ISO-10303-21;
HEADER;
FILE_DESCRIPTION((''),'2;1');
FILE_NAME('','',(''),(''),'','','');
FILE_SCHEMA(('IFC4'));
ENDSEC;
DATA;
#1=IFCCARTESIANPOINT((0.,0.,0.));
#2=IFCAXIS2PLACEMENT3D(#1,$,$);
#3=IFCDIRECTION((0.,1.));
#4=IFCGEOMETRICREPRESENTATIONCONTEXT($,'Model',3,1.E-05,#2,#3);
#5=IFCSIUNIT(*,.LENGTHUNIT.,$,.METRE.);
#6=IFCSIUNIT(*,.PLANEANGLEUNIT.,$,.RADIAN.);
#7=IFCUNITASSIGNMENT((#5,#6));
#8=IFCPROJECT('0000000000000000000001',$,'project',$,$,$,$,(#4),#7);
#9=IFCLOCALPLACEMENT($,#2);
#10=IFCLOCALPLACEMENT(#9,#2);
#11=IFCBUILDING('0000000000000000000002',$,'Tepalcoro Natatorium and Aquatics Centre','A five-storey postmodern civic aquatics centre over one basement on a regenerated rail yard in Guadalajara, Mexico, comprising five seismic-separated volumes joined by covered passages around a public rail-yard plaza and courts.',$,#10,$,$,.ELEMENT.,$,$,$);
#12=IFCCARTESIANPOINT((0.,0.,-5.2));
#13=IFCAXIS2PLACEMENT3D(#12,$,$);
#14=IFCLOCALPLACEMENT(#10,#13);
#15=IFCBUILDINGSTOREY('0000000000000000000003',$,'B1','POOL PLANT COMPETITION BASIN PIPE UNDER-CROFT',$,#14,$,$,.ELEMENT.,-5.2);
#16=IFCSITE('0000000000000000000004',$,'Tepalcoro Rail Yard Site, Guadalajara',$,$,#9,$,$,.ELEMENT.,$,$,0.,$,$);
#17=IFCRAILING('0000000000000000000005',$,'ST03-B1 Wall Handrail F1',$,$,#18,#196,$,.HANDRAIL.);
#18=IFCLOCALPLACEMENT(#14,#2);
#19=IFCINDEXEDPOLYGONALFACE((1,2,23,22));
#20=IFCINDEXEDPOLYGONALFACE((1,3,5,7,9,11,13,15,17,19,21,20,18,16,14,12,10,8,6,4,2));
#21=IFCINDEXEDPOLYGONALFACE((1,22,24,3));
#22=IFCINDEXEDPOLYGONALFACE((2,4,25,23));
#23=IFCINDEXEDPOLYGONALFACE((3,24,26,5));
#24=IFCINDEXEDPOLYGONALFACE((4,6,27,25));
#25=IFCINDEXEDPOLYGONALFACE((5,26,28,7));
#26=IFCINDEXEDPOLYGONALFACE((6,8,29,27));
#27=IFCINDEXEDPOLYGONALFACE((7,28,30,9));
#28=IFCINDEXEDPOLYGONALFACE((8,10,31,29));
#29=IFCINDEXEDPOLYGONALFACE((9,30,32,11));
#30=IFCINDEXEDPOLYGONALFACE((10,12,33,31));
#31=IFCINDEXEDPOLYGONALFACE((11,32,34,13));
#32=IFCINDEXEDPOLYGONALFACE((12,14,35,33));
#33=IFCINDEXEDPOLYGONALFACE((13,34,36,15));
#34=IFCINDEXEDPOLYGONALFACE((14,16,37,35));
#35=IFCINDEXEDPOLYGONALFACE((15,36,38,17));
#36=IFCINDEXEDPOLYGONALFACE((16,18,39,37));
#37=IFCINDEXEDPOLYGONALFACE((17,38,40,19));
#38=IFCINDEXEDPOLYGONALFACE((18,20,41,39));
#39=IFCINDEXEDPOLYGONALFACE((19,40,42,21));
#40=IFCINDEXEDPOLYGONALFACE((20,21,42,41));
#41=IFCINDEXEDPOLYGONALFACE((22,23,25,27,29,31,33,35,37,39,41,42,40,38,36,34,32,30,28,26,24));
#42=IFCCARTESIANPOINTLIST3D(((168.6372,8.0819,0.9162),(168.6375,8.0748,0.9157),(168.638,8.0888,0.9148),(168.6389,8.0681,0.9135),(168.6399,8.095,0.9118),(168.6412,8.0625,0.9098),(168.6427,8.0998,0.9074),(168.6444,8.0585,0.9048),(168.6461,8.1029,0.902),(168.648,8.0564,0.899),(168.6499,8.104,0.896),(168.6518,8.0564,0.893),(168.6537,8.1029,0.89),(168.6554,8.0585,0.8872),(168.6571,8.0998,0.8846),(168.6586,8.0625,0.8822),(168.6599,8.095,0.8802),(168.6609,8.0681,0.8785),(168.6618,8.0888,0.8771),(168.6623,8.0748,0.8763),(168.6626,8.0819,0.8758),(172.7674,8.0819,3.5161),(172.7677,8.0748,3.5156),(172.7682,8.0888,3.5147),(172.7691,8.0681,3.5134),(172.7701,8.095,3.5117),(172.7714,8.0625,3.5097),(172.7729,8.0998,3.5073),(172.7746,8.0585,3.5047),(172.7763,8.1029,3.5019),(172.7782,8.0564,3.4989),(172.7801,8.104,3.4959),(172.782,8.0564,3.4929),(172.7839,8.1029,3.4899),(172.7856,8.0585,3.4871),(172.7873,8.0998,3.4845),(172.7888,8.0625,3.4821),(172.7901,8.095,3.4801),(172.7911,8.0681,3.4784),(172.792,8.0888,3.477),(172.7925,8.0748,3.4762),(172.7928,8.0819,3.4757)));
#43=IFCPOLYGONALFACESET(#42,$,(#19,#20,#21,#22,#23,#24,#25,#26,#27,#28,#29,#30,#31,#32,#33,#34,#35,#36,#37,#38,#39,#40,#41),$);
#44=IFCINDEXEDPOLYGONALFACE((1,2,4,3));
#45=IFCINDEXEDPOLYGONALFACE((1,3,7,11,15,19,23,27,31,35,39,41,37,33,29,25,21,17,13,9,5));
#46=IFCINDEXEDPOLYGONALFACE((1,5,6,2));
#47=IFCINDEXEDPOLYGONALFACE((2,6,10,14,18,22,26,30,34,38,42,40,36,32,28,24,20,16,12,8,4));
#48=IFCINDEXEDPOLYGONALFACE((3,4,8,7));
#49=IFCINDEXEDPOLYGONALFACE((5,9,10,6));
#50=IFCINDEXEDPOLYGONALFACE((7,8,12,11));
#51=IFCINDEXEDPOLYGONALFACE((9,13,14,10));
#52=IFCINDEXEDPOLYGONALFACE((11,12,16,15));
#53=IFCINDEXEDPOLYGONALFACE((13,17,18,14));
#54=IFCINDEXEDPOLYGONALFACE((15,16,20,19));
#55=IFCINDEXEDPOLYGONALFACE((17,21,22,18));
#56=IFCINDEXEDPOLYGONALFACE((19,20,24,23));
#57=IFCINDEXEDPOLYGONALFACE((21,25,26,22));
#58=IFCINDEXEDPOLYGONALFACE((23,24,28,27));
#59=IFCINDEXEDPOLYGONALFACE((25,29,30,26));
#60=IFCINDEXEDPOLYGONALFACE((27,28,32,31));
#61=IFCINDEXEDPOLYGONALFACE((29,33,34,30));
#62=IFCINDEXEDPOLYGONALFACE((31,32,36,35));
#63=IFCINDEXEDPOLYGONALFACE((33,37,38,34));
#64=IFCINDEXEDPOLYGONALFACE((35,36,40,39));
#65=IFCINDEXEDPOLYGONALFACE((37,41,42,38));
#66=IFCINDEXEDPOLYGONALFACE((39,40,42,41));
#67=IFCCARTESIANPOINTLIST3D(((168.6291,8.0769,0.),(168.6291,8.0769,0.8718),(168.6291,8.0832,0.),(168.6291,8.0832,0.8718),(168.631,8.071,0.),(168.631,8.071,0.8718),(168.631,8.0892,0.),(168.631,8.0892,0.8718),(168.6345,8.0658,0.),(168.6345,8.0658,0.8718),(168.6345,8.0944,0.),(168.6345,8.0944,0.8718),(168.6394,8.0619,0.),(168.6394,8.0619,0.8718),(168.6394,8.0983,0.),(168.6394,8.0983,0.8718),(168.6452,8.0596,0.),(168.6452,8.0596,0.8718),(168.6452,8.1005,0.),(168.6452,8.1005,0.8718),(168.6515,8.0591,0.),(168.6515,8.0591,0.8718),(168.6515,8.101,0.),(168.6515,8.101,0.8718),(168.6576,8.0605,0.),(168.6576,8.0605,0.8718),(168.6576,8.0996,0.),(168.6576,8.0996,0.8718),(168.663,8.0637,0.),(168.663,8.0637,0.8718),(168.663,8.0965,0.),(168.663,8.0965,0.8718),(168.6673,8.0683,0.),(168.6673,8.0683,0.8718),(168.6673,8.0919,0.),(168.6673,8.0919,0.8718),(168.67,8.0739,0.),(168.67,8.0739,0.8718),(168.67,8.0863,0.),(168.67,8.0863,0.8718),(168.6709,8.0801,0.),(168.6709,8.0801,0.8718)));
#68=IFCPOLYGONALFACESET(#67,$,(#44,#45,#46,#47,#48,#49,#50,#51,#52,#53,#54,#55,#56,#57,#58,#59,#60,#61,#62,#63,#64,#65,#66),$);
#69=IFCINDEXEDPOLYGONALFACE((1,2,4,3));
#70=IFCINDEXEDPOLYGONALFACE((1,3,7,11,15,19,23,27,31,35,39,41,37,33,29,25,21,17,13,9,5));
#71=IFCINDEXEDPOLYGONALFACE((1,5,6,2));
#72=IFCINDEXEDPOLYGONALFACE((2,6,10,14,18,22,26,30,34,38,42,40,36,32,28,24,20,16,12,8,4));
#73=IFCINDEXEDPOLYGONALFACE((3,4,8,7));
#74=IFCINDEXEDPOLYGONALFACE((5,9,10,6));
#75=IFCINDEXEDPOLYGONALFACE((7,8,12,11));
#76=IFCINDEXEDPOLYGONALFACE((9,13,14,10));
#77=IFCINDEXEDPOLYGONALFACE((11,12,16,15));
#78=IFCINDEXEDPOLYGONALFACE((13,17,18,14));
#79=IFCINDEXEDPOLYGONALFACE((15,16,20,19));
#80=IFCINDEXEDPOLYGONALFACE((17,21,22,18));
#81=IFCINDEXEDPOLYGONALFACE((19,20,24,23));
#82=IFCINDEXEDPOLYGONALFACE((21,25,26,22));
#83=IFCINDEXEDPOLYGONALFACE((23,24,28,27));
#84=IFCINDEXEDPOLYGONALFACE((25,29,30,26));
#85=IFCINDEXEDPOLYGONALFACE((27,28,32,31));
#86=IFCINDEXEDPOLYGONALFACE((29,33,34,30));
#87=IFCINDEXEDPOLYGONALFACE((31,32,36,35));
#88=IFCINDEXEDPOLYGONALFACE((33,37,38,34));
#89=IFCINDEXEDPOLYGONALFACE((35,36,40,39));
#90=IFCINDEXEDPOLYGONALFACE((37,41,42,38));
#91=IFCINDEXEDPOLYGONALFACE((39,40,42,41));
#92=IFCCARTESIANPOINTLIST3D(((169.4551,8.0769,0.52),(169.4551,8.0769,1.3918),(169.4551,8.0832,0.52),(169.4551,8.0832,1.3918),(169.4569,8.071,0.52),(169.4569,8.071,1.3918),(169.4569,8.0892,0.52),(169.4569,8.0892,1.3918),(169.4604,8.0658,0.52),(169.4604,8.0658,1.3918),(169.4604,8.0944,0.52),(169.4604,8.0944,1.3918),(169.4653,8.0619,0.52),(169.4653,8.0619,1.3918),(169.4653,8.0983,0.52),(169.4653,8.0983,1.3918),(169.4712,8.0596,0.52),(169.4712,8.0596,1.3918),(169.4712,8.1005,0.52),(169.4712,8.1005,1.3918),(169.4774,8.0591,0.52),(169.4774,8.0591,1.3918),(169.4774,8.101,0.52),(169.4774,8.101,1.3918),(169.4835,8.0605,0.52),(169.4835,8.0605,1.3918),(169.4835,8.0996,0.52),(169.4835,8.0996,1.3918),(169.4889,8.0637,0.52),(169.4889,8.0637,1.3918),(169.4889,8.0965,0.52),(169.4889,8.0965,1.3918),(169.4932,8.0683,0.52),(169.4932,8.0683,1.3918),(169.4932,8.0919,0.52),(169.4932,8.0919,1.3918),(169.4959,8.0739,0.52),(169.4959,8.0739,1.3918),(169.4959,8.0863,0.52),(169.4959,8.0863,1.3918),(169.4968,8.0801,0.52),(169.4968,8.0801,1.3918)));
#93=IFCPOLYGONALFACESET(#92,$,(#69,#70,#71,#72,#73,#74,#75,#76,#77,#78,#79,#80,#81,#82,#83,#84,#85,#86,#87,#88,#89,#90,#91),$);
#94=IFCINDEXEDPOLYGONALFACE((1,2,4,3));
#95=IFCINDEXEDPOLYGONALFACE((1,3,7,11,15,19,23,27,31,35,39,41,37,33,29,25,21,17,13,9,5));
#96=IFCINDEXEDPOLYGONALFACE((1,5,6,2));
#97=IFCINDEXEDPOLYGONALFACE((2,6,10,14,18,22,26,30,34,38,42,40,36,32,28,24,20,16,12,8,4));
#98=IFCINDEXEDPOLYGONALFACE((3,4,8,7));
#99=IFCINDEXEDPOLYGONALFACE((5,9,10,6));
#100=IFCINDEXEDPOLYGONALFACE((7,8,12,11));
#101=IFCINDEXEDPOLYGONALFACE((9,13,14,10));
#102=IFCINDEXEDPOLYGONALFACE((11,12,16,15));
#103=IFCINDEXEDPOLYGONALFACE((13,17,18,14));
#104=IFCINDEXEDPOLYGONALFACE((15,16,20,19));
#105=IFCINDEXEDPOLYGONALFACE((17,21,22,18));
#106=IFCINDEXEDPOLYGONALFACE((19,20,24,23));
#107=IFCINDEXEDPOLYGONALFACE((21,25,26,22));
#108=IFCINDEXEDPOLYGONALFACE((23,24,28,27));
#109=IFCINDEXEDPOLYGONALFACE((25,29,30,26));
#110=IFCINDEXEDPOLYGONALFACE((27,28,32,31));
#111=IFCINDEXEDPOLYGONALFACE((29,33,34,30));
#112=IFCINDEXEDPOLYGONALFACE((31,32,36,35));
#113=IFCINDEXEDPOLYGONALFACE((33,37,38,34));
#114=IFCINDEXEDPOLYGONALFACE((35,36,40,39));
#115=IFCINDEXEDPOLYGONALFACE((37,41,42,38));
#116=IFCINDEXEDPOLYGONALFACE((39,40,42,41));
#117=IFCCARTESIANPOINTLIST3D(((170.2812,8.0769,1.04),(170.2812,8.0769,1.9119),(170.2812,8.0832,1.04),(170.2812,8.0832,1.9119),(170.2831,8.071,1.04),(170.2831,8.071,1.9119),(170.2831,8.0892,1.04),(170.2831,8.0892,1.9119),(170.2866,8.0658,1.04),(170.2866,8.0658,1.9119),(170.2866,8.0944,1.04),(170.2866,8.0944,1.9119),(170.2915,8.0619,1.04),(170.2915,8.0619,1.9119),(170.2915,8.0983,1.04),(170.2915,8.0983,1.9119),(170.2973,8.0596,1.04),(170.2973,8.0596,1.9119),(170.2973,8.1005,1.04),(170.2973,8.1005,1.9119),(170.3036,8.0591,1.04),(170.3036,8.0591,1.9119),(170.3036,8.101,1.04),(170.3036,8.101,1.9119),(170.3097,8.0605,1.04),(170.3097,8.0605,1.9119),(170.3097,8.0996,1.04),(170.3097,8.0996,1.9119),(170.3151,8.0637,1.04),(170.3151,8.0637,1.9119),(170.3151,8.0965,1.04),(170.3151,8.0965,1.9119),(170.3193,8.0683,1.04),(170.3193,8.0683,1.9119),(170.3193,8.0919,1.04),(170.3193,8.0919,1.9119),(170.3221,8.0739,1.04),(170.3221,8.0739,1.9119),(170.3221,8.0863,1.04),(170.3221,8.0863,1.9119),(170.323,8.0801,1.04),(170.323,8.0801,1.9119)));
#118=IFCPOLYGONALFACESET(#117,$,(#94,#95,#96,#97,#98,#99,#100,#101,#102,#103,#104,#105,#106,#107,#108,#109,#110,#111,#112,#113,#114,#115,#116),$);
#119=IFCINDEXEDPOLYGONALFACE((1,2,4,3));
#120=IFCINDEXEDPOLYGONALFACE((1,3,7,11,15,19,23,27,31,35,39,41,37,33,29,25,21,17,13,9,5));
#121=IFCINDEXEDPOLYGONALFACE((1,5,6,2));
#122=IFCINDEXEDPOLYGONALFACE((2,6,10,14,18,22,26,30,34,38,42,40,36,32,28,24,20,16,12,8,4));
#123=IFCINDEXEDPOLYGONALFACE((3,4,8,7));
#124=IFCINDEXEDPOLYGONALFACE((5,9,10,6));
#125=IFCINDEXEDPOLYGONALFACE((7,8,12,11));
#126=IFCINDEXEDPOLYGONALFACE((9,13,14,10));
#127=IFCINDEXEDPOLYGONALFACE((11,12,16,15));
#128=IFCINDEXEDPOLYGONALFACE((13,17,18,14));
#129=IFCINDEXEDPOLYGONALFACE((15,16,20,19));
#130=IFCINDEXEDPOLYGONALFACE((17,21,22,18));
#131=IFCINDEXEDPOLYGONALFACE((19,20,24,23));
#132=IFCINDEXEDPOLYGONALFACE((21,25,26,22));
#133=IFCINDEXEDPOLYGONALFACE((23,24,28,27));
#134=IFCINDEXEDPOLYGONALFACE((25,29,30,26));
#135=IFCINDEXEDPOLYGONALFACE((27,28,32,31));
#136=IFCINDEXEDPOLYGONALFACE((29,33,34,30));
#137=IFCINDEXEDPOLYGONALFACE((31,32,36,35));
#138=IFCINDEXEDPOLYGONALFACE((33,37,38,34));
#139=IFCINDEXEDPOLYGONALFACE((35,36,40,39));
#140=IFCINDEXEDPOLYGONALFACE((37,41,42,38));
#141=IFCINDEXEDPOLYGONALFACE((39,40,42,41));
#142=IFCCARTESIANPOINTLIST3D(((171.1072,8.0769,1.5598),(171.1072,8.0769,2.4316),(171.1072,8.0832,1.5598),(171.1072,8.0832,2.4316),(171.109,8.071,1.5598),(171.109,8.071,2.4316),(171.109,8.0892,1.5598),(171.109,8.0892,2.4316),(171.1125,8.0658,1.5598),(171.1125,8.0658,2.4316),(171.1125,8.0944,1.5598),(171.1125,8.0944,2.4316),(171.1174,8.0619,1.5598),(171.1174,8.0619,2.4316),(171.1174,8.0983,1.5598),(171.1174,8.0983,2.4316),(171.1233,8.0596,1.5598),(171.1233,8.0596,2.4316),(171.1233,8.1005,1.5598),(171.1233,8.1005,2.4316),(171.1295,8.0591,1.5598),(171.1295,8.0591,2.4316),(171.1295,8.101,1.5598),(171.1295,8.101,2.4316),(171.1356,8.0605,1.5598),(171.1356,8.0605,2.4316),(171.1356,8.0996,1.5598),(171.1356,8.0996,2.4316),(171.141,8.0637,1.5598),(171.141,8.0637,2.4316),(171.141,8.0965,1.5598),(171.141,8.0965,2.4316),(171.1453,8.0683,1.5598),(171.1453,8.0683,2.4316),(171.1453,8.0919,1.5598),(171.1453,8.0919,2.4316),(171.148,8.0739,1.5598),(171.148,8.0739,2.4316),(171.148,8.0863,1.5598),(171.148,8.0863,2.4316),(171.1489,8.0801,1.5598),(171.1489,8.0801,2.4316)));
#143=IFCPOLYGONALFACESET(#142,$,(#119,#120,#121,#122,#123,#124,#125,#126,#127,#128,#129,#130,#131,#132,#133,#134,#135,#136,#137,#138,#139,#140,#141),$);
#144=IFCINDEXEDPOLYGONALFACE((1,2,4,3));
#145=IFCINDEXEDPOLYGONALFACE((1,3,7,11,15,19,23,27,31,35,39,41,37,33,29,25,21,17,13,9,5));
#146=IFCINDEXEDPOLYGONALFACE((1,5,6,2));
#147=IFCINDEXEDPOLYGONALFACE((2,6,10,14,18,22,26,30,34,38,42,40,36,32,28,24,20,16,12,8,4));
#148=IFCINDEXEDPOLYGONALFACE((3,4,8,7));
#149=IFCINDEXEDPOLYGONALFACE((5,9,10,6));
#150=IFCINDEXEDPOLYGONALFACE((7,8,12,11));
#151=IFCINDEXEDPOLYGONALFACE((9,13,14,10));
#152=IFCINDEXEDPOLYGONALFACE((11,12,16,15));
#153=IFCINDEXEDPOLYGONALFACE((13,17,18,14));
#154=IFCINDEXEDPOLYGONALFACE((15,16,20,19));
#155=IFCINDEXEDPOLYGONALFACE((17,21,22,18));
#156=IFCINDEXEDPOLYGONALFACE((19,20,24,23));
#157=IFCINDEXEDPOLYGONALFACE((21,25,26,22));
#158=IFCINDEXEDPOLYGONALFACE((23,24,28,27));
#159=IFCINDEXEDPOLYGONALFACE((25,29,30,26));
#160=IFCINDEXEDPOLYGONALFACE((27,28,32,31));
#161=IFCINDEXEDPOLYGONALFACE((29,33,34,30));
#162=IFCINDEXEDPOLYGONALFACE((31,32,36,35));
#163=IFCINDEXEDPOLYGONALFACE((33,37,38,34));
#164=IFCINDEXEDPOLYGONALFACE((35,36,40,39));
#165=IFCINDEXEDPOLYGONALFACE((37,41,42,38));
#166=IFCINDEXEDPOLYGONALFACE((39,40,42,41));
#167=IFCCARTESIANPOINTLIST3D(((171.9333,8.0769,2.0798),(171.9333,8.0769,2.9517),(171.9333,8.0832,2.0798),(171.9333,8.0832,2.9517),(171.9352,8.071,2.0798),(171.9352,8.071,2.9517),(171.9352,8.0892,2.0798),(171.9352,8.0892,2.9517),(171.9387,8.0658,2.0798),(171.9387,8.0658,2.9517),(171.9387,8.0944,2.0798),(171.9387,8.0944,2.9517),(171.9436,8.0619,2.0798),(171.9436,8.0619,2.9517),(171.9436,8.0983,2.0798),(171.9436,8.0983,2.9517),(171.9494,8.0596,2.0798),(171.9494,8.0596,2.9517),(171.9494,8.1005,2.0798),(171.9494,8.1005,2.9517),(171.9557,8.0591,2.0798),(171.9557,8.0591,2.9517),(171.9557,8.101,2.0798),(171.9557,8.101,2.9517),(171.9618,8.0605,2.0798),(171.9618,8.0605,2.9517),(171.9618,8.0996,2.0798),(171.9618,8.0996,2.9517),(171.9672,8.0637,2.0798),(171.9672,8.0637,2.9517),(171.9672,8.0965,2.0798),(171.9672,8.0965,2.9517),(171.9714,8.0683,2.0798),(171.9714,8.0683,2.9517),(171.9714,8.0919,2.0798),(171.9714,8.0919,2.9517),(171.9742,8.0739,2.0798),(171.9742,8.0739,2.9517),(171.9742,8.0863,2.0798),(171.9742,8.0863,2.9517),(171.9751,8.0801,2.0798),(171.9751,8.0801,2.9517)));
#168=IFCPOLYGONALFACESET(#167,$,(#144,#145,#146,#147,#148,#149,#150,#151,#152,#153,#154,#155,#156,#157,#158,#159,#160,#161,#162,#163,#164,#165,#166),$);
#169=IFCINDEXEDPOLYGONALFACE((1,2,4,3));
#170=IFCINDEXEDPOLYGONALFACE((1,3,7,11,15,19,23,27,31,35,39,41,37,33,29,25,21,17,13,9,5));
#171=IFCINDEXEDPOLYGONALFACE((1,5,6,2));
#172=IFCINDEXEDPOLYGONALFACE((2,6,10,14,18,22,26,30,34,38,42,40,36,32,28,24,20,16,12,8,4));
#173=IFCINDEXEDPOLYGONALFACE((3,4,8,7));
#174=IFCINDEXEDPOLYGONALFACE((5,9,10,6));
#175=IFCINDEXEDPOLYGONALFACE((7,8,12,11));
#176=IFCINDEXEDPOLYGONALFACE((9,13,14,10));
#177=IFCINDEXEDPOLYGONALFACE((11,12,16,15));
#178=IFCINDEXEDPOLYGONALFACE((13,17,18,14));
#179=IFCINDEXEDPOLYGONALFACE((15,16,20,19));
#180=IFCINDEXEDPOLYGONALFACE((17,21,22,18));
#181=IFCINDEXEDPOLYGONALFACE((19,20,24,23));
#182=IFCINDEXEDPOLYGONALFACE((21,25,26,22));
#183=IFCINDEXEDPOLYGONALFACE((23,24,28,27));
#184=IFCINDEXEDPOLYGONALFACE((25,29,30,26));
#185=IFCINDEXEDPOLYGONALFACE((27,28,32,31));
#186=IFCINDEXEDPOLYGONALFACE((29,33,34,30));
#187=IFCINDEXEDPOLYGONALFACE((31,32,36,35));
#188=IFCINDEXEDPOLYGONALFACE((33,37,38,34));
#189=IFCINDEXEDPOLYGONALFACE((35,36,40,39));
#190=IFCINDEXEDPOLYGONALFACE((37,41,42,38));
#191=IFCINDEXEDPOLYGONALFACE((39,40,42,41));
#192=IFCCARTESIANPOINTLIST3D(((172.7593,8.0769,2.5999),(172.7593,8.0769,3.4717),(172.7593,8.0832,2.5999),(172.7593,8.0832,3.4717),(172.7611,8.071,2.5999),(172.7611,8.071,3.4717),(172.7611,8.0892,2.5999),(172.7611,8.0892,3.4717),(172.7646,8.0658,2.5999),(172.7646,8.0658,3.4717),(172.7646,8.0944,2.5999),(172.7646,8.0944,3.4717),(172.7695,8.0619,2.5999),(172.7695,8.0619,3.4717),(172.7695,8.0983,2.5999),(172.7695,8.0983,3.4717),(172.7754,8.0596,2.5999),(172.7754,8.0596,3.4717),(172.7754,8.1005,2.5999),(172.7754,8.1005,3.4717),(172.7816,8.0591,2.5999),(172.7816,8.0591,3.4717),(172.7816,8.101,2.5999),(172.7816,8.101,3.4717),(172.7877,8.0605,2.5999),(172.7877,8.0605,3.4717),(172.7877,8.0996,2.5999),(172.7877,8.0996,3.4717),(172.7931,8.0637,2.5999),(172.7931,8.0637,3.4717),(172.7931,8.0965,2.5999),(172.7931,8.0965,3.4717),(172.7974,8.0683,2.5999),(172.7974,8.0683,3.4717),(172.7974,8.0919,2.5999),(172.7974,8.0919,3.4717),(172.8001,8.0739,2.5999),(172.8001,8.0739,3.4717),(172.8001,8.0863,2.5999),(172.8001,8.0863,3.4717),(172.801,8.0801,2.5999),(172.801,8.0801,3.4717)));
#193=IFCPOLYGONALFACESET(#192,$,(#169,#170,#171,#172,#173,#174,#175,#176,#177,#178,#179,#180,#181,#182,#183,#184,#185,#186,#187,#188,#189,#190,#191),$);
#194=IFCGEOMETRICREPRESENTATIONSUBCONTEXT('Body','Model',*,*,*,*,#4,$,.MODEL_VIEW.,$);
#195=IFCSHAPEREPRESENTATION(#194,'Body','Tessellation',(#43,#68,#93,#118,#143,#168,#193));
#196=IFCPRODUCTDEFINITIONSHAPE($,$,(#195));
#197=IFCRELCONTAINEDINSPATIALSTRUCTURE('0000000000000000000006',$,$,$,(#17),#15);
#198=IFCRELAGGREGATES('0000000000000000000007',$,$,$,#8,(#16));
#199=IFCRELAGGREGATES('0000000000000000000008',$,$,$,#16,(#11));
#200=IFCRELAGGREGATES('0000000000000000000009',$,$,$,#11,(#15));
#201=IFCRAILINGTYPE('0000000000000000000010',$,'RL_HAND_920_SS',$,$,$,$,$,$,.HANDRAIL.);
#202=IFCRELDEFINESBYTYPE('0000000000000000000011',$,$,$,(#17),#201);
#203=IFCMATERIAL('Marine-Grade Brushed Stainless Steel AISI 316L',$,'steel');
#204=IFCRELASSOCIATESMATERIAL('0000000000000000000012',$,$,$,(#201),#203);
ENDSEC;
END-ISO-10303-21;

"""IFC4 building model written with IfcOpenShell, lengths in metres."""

from ifc_helpers import new_model, si_unit, direction, frame, origin, origin_2d, place, context, subcontext, project, spatial, circle, extrude, material, type_object, element, save


model = new_model("IFC4")

# Units and contexts
model_context = context("Model", 3, precision=1e-05, world=origin(), true_north=direction((0.0, 1.0)))
body_context = subcontext(model_context, "Body", "Model", "MODEL_VIEW")
ifc_project = project(units=[si_unit("LENGTHUNIT", "METRE"), si_unit("PLANEANGLEUNIT", "RADIAN")], contexts=[model_context])

# Site, building, storey
site_placement = place(None, origin())
site = spatial("IfcSite", under=ifc_project, at=site_placement, Name="Tepalcoro Rail Yard Site, Guadalajara", CompositionType="ELEMENT", RefElevation=0.0)
building_placement = place(site_placement, origin())
building = spatial("IfcBuilding", under=site, at=building_placement, Name="Tepalcoro Natatorium and Aquatics Centre", Description="A five-storey postmodern civic aquatics centre over one basement on a regenerated rail yard in Guadalajara, Mexico, comprising five seismic-separated volumes joined by covered passages around a public rail-yard plaza and courts.", CompositionType="ELEMENT")
storey_placement = place(building_placement, frame((0.0, 0.0, -5.2)))
storey = spatial("IfcBuildingStorey", under=building, at=storey_placement, Name="B1", Description="POOL PLANT COMPETITION BASIN PIPE UNDER-CROFT", CompositionType="ELEMENT", Elevation=-5.2)

# Railing
ifc_material_1 = material(Name="Marine-Grade Brushed Stainless Steel AISI 316L", Category="steel")
railing_type_1 = type_object("IfcRailingType", Name="RL_HAND_920_SS", PredefinedType="HANDRAIL", material=ifc_material_1)
railing_1_placement = place(storey_placement, frame((168.6499, 8.0801, 0.0)))
element("IfcRailing", 1, at=railing_1_placement, inside=storey, type_object=railing_type_1, Name="ST03-B1 Wall Handrail F1", PredefinedType="HANDRAIL", context=body_context, shape_type="SweptSolid", body=[
    extrude(circle(Radius=0.0239, at=origin_2d()), frame((0.0, 0.0, 0.896), z_axis=(0.846288, 0.0, 0.532726), x_axis=(0.0, 1.0, 0.0)), (0.0, 0.0, 1.0), 4.8804),
    extrude(circle(Radius=0.021, at=origin_2d()), origin(), (0.0, 0.0, 1.0), 0.8718),
    extrude(circle(Radius=0.021, at=origin_2d()), frame((0.8259, 0.0, 0.52)), (0.0, 0.0, 1.0), 0.8718),
    extrude(circle(Radius=0.021, at=origin_2d()), frame((1.6521, 0.0, 1.04)), (0.0, 0.0, 1.0), 0.8718),
    extrude(circle(Radius=0.021, at=origin_2d()), frame((2.478, 0.0, 1.5598)), (0.0, 0.0, 1.0), 0.8718),
    extrude(circle(Radius=0.021, at=origin_2d()), frame((3.3042, 0.0, 2.0798)), (0.0, 0.0, 1.0), 0.8718),
    extrude(circle(Radius=0.021, at=origin_2d()), frame((4.1301, 0.0, 2.5999)), (0.0, 0.0, 1.0), 0.8718),
])

save(model, "model.ifc")
